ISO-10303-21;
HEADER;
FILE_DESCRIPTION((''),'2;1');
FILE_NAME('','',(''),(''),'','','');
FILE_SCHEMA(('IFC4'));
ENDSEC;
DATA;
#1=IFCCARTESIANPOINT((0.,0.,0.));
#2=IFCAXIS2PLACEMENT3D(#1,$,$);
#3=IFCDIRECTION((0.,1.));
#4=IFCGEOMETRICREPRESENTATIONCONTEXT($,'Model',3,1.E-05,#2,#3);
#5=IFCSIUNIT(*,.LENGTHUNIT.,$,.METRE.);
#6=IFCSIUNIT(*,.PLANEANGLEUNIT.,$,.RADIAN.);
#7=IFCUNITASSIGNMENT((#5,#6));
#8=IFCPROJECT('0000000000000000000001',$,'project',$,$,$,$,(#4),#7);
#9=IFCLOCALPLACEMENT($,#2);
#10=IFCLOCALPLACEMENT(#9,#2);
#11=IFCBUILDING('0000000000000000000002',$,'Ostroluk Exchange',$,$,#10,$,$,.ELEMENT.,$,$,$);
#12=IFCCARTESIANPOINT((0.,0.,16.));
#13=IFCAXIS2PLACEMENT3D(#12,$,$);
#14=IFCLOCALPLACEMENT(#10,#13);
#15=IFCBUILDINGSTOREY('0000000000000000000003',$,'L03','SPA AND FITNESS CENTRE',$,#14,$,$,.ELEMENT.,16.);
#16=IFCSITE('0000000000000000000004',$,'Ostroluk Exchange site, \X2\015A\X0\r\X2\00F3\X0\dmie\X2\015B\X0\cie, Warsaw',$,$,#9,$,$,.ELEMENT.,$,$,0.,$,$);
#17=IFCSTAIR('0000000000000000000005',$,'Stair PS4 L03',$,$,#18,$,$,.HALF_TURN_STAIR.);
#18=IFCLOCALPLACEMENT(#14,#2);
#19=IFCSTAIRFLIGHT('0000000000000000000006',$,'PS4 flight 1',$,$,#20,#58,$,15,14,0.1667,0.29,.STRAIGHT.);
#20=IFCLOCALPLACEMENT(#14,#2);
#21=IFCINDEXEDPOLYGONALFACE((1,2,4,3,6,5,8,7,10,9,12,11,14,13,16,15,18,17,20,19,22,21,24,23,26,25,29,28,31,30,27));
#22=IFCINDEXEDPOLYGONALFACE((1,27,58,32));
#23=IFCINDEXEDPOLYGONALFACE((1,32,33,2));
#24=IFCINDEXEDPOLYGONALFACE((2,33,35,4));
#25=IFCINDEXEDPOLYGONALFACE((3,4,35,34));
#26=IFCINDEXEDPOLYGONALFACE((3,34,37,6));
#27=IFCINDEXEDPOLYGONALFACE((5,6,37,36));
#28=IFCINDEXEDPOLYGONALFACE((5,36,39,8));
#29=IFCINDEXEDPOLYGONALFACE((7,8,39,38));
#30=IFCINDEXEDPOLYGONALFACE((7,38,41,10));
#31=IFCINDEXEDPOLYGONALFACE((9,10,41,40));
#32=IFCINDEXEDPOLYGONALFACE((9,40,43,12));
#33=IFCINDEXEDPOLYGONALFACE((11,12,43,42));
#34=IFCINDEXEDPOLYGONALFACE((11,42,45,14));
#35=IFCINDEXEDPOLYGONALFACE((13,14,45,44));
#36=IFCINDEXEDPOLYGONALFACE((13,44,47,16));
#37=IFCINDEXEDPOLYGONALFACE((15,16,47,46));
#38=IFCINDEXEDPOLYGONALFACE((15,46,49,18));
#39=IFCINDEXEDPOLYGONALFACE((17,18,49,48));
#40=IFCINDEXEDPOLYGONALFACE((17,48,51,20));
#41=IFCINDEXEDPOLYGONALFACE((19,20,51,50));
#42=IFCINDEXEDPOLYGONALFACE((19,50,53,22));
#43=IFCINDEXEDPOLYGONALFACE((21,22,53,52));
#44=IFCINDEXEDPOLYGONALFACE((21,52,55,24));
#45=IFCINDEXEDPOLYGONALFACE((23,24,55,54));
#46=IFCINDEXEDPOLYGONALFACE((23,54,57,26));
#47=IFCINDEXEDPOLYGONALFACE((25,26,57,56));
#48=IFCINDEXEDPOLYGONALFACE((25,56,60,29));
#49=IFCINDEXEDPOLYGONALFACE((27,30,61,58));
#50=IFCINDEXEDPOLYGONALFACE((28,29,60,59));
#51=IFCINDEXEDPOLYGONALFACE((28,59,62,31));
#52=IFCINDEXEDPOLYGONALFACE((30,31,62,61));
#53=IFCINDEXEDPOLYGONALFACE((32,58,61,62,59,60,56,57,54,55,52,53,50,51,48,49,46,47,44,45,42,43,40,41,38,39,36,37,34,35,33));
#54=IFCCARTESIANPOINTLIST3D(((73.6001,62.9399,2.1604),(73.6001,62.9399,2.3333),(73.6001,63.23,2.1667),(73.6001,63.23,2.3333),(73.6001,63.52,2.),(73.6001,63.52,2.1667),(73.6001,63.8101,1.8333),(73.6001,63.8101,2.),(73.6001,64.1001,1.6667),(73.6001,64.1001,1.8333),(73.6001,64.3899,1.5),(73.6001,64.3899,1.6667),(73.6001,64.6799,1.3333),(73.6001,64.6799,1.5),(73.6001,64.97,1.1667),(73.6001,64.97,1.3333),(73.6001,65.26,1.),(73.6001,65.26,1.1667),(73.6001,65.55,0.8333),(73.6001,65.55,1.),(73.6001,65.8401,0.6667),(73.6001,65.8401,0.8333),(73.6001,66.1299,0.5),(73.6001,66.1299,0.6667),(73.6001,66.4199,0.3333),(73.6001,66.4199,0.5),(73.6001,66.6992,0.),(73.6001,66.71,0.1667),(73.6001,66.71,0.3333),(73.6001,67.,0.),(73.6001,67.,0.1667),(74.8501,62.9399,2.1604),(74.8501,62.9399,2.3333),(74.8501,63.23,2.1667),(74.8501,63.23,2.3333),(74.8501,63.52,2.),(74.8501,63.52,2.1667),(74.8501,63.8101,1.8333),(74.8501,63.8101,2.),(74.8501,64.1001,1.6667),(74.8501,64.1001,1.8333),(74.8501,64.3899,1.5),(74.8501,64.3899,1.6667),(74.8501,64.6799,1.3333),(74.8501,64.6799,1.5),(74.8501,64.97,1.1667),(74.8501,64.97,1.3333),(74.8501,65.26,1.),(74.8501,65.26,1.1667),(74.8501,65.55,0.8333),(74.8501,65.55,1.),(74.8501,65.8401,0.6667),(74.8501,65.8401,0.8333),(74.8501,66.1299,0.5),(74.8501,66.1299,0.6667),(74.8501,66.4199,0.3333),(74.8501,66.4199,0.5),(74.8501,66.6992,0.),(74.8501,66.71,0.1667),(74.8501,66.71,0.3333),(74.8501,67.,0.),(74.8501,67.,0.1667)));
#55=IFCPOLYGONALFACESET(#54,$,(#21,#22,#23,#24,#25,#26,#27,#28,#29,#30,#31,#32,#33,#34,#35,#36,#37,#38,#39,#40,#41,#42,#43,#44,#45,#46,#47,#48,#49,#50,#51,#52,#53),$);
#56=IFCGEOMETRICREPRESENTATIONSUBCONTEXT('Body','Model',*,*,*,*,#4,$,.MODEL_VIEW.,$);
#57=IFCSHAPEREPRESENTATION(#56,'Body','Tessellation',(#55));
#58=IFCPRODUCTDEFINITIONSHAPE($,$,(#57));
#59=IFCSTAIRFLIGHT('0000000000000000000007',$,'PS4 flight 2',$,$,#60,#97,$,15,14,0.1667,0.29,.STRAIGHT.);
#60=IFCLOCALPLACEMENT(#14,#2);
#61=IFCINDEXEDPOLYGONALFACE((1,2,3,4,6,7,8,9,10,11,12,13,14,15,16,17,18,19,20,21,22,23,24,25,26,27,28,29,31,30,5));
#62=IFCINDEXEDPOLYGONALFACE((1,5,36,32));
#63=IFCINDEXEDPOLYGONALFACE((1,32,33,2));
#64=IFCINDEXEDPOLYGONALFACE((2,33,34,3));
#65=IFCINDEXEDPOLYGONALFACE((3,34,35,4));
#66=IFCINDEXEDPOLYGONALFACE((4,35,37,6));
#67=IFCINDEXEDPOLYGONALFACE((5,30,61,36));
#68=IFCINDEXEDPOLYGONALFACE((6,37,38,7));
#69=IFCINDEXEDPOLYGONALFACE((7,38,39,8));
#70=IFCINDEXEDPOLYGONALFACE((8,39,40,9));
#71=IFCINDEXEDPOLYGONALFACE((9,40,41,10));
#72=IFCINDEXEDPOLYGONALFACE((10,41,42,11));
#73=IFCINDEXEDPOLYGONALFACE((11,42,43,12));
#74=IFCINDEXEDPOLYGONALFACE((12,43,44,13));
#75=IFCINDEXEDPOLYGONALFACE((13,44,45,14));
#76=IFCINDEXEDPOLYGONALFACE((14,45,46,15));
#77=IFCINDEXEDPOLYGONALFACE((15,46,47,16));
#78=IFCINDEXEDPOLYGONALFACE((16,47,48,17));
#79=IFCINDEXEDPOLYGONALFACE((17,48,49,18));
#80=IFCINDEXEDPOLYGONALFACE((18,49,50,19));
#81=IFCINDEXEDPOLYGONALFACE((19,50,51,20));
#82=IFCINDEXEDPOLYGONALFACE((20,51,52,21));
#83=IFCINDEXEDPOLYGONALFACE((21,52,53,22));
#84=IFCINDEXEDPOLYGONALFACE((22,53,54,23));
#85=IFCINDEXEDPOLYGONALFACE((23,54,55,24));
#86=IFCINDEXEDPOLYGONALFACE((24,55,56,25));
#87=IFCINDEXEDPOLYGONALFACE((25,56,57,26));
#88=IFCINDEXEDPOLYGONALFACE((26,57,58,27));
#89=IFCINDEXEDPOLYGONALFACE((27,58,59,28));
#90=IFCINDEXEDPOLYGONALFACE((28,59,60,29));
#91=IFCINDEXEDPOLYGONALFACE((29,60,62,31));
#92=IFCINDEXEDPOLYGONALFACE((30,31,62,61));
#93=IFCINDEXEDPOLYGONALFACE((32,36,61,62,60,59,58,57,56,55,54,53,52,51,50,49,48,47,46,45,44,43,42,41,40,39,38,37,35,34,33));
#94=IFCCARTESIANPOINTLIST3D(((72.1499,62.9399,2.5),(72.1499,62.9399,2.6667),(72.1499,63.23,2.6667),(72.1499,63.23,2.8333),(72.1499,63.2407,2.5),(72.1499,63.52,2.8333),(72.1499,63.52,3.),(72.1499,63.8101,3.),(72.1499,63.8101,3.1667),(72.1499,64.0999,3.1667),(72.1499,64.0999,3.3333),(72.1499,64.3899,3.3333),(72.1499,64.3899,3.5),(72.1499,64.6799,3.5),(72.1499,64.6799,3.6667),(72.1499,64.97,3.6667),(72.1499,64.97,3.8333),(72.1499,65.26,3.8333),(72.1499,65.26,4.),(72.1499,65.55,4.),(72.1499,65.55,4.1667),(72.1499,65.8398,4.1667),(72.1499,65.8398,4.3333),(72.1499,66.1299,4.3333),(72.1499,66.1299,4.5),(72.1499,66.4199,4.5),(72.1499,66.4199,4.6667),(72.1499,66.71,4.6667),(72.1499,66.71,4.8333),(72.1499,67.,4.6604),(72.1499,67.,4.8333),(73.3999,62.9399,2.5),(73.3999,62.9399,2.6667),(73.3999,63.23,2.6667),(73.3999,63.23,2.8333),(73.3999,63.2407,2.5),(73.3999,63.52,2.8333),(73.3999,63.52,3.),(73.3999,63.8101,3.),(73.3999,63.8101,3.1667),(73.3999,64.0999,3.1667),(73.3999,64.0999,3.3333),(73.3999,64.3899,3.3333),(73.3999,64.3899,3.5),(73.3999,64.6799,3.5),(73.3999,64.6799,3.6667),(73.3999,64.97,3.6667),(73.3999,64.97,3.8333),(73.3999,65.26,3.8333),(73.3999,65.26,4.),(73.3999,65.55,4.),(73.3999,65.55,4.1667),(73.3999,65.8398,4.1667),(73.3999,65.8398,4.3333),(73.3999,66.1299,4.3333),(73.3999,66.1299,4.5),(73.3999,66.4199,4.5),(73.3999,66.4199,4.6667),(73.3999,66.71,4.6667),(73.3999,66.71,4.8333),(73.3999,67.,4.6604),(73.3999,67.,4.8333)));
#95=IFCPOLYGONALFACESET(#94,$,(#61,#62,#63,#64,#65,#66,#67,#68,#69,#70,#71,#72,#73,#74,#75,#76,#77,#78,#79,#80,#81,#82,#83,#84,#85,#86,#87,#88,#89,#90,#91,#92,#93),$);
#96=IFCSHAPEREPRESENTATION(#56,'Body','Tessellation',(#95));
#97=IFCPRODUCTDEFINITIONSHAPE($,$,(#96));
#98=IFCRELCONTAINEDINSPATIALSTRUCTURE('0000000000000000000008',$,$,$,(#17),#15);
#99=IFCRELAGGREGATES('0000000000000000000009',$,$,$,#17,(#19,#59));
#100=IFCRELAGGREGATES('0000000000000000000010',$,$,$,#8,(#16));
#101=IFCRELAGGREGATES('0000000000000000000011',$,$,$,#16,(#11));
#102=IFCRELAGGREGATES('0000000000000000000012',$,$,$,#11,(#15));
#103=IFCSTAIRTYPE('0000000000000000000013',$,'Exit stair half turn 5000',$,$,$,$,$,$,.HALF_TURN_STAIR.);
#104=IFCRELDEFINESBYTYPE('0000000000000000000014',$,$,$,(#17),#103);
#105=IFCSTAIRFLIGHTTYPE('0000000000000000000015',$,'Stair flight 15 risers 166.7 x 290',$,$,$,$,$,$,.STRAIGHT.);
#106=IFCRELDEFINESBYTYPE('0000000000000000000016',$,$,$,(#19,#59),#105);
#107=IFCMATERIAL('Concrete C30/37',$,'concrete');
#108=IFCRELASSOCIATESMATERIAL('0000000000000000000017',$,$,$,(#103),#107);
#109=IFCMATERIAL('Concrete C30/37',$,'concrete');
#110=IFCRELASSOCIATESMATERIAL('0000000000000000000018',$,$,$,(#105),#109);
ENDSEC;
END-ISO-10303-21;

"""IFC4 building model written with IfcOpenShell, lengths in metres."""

from ifc_helpers import new_model, si_unit, direction, frame, origin, place, context, subcontext, project, spatial, polyline, outline, extrude, material, type_object, element, aggregate, save


model = new_model("IFC4")

# Units and contexts
model_context = context("Model", 3, precision=1e-05, world=origin(), true_north=direction((0.0, 1.0)))
body_context = subcontext(model_context, "Body", "Model", "MODEL_VIEW")
ifc_project = project(units=[si_unit("LENGTHUNIT", "METRE"), si_unit("PLANEANGLEUNIT", "RADIAN")], contexts=[model_context])

# Site, building, storey
site_placement = place(None, origin())
site = spatial("IfcSite", under=ifc_project, at=site_placement, Name="Ostroluk Exchange site, Śródmieście, Warsaw", CompositionType="ELEMENT", RefElevation=0.0)
building_placement = place(site_placement, origin())
building = spatial("IfcBuilding", under=site, at=building_placement, Name="Ostroluk Exchange", CompositionType="ELEMENT")
storey_placement = place(building_placement, frame((0.0, 0.0, 16.0)))
storey = spatial("IfcBuildingStorey", under=building, at=storey_placement, Name="L03", Description="SPA AND FITNESS CENTRE", CompositionType="ELEMENT", Elevation=16.0)

# Stair, stair flights
ifc_material_1 = material(Name="Concrete C30/37", Category="concrete")
stair_type = type_object("IfcStairType", Name="Exit stair half turn 5000", PredefinedType="HALF_TURN_STAIR", material=ifc_material_1)
stair_placement = place(storey_placement, origin())
stair = element("IfcStair", 1, at=stair_placement, inside=storey, type_object=stair_type, Name="Stair PS4 L03", PredefinedType="HALF_TURN_STAIR")
ifc_material_2 = material(Name="Concrete C30/37", Category="concrete")
stair_flight_type = type_object("IfcStairFlightType", Name="Stair flight 15 risers 166.7 x 290", PredefinedType="STRAIGHT", material=ifc_material_2)
stair_flight_1_placement = place(storey_placement, frame((74.2251, 67.0, 0.0), z_axis=(0.0, 0.0, 1.0), x_axis=(0.0, -1.0, 0.0)))
stair_flight_1 = element("IfcStairFlight", 2, at=stair_flight_1_placement, type_object=stair_flight_type, Name="PS4 flight 1", NumberOfRisers=15, NumberOfTreads=14, PredefinedType="STRAIGHT", RiserHeight=0.1667, TreadLength=0.29, context=body_context, shape_type="SweptSolid", body=[
    extrude(outline(polyline([(0.0, 0.0), (0.0, 0.1667), (0.29, 0.1667), (0.29, 0.3333), (0.5801, 0.3333), (0.5801, 0.5), (0.8701, 0.5), (0.8701, 0.6667), (1.1599, 0.6667), (1.1599, 0.8333), (1.45, 0.8333), (1.45, 1.0), (1.74, 1.0), (1.74, 1.1667), (2.03, 1.1667), (2.03, 1.3333), (2.3201, 1.3333), (2.3201, 1.5), (2.6101, 1.5), (2.6101, 1.6667), (2.8999, 1.6667), (2.8999, 1.8333), (3.1899, 1.8333), (3.1899, 2.0), (3.48, 2.0), (3.48, 2.1667), (3.77, 2.1667), (3.77, 2.3333), (4.0601, 2.3333), (4.0601, 2.5), (4.0601, 2.1604), (0.3008, 0.0), (0.0, 0.0)])), frame((0.0, 0.625, 0.0), z_axis=(0.0, -1.0, 0.0), x_axis=(1.0, 0.0, 0.0)), (0.0, 0.0, 1.0), 1.25),
])
stair_flight_2_placement = place(storey_placement, frame((72.7749, 62.9399, 2.5), z_axis=(0.0, 0.0, 1.0), x_axis=(0.0, 1.0, 0.0)))
stair_flight_2 = element("IfcStairFlight", 3, at=stair_flight_2_placement, type_object=stair_flight_type, Name="PS4 flight 2", NumberOfRisers=15, NumberOfTreads=14, PredefinedType="STRAIGHT", RiserHeight=0.1667, TreadLength=0.29, context=body_context, shape_type="SweptSolid", body=[
    extrude(outline(polyline([(0.0, 0.0), (0.0, 0.1667), (0.29, 0.1667), (0.29, 0.3333), (0.5801, 0.3333), (0.5801, 0.5), (0.8701, 0.5), (0.8701, 0.6667), (1.1599, 0.6667), (1.1599, 0.8333), (1.45, 0.8333), (1.45, 1.0), (1.74, 1.0), (1.74, 1.1667), (2.03, 1.1667), (2.03, 1.3333), (2.3201, 1.3333), (2.3201, 1.5), (2.6101, 1.5), (2.6101, 1.6667), (2.8999, 1.6667), (2.8999, 1.8333), (3.1899, 1.8333), (3.1899, 2.0), (3.48, 2.0), (3.48, 2.1667), (3.77, 2.1667), (3.77, 2.3333), (4.0601, 2.3333), (4.0601, 2.5), (4.0601, 2.1604), (0.3008, 0.0), (0.0, 0.0)])), frame((0.0, 0.625, 0.0), z_axis=(0.0, -1.0, 0.0), x_axis=(1.0, 0.0, 0.0)), (0.0, 0.0, 1.0), 1.25),
])
aggregate(stair, [stair_flight_1, stair_flight_2])

save(model, "model.ifc")
